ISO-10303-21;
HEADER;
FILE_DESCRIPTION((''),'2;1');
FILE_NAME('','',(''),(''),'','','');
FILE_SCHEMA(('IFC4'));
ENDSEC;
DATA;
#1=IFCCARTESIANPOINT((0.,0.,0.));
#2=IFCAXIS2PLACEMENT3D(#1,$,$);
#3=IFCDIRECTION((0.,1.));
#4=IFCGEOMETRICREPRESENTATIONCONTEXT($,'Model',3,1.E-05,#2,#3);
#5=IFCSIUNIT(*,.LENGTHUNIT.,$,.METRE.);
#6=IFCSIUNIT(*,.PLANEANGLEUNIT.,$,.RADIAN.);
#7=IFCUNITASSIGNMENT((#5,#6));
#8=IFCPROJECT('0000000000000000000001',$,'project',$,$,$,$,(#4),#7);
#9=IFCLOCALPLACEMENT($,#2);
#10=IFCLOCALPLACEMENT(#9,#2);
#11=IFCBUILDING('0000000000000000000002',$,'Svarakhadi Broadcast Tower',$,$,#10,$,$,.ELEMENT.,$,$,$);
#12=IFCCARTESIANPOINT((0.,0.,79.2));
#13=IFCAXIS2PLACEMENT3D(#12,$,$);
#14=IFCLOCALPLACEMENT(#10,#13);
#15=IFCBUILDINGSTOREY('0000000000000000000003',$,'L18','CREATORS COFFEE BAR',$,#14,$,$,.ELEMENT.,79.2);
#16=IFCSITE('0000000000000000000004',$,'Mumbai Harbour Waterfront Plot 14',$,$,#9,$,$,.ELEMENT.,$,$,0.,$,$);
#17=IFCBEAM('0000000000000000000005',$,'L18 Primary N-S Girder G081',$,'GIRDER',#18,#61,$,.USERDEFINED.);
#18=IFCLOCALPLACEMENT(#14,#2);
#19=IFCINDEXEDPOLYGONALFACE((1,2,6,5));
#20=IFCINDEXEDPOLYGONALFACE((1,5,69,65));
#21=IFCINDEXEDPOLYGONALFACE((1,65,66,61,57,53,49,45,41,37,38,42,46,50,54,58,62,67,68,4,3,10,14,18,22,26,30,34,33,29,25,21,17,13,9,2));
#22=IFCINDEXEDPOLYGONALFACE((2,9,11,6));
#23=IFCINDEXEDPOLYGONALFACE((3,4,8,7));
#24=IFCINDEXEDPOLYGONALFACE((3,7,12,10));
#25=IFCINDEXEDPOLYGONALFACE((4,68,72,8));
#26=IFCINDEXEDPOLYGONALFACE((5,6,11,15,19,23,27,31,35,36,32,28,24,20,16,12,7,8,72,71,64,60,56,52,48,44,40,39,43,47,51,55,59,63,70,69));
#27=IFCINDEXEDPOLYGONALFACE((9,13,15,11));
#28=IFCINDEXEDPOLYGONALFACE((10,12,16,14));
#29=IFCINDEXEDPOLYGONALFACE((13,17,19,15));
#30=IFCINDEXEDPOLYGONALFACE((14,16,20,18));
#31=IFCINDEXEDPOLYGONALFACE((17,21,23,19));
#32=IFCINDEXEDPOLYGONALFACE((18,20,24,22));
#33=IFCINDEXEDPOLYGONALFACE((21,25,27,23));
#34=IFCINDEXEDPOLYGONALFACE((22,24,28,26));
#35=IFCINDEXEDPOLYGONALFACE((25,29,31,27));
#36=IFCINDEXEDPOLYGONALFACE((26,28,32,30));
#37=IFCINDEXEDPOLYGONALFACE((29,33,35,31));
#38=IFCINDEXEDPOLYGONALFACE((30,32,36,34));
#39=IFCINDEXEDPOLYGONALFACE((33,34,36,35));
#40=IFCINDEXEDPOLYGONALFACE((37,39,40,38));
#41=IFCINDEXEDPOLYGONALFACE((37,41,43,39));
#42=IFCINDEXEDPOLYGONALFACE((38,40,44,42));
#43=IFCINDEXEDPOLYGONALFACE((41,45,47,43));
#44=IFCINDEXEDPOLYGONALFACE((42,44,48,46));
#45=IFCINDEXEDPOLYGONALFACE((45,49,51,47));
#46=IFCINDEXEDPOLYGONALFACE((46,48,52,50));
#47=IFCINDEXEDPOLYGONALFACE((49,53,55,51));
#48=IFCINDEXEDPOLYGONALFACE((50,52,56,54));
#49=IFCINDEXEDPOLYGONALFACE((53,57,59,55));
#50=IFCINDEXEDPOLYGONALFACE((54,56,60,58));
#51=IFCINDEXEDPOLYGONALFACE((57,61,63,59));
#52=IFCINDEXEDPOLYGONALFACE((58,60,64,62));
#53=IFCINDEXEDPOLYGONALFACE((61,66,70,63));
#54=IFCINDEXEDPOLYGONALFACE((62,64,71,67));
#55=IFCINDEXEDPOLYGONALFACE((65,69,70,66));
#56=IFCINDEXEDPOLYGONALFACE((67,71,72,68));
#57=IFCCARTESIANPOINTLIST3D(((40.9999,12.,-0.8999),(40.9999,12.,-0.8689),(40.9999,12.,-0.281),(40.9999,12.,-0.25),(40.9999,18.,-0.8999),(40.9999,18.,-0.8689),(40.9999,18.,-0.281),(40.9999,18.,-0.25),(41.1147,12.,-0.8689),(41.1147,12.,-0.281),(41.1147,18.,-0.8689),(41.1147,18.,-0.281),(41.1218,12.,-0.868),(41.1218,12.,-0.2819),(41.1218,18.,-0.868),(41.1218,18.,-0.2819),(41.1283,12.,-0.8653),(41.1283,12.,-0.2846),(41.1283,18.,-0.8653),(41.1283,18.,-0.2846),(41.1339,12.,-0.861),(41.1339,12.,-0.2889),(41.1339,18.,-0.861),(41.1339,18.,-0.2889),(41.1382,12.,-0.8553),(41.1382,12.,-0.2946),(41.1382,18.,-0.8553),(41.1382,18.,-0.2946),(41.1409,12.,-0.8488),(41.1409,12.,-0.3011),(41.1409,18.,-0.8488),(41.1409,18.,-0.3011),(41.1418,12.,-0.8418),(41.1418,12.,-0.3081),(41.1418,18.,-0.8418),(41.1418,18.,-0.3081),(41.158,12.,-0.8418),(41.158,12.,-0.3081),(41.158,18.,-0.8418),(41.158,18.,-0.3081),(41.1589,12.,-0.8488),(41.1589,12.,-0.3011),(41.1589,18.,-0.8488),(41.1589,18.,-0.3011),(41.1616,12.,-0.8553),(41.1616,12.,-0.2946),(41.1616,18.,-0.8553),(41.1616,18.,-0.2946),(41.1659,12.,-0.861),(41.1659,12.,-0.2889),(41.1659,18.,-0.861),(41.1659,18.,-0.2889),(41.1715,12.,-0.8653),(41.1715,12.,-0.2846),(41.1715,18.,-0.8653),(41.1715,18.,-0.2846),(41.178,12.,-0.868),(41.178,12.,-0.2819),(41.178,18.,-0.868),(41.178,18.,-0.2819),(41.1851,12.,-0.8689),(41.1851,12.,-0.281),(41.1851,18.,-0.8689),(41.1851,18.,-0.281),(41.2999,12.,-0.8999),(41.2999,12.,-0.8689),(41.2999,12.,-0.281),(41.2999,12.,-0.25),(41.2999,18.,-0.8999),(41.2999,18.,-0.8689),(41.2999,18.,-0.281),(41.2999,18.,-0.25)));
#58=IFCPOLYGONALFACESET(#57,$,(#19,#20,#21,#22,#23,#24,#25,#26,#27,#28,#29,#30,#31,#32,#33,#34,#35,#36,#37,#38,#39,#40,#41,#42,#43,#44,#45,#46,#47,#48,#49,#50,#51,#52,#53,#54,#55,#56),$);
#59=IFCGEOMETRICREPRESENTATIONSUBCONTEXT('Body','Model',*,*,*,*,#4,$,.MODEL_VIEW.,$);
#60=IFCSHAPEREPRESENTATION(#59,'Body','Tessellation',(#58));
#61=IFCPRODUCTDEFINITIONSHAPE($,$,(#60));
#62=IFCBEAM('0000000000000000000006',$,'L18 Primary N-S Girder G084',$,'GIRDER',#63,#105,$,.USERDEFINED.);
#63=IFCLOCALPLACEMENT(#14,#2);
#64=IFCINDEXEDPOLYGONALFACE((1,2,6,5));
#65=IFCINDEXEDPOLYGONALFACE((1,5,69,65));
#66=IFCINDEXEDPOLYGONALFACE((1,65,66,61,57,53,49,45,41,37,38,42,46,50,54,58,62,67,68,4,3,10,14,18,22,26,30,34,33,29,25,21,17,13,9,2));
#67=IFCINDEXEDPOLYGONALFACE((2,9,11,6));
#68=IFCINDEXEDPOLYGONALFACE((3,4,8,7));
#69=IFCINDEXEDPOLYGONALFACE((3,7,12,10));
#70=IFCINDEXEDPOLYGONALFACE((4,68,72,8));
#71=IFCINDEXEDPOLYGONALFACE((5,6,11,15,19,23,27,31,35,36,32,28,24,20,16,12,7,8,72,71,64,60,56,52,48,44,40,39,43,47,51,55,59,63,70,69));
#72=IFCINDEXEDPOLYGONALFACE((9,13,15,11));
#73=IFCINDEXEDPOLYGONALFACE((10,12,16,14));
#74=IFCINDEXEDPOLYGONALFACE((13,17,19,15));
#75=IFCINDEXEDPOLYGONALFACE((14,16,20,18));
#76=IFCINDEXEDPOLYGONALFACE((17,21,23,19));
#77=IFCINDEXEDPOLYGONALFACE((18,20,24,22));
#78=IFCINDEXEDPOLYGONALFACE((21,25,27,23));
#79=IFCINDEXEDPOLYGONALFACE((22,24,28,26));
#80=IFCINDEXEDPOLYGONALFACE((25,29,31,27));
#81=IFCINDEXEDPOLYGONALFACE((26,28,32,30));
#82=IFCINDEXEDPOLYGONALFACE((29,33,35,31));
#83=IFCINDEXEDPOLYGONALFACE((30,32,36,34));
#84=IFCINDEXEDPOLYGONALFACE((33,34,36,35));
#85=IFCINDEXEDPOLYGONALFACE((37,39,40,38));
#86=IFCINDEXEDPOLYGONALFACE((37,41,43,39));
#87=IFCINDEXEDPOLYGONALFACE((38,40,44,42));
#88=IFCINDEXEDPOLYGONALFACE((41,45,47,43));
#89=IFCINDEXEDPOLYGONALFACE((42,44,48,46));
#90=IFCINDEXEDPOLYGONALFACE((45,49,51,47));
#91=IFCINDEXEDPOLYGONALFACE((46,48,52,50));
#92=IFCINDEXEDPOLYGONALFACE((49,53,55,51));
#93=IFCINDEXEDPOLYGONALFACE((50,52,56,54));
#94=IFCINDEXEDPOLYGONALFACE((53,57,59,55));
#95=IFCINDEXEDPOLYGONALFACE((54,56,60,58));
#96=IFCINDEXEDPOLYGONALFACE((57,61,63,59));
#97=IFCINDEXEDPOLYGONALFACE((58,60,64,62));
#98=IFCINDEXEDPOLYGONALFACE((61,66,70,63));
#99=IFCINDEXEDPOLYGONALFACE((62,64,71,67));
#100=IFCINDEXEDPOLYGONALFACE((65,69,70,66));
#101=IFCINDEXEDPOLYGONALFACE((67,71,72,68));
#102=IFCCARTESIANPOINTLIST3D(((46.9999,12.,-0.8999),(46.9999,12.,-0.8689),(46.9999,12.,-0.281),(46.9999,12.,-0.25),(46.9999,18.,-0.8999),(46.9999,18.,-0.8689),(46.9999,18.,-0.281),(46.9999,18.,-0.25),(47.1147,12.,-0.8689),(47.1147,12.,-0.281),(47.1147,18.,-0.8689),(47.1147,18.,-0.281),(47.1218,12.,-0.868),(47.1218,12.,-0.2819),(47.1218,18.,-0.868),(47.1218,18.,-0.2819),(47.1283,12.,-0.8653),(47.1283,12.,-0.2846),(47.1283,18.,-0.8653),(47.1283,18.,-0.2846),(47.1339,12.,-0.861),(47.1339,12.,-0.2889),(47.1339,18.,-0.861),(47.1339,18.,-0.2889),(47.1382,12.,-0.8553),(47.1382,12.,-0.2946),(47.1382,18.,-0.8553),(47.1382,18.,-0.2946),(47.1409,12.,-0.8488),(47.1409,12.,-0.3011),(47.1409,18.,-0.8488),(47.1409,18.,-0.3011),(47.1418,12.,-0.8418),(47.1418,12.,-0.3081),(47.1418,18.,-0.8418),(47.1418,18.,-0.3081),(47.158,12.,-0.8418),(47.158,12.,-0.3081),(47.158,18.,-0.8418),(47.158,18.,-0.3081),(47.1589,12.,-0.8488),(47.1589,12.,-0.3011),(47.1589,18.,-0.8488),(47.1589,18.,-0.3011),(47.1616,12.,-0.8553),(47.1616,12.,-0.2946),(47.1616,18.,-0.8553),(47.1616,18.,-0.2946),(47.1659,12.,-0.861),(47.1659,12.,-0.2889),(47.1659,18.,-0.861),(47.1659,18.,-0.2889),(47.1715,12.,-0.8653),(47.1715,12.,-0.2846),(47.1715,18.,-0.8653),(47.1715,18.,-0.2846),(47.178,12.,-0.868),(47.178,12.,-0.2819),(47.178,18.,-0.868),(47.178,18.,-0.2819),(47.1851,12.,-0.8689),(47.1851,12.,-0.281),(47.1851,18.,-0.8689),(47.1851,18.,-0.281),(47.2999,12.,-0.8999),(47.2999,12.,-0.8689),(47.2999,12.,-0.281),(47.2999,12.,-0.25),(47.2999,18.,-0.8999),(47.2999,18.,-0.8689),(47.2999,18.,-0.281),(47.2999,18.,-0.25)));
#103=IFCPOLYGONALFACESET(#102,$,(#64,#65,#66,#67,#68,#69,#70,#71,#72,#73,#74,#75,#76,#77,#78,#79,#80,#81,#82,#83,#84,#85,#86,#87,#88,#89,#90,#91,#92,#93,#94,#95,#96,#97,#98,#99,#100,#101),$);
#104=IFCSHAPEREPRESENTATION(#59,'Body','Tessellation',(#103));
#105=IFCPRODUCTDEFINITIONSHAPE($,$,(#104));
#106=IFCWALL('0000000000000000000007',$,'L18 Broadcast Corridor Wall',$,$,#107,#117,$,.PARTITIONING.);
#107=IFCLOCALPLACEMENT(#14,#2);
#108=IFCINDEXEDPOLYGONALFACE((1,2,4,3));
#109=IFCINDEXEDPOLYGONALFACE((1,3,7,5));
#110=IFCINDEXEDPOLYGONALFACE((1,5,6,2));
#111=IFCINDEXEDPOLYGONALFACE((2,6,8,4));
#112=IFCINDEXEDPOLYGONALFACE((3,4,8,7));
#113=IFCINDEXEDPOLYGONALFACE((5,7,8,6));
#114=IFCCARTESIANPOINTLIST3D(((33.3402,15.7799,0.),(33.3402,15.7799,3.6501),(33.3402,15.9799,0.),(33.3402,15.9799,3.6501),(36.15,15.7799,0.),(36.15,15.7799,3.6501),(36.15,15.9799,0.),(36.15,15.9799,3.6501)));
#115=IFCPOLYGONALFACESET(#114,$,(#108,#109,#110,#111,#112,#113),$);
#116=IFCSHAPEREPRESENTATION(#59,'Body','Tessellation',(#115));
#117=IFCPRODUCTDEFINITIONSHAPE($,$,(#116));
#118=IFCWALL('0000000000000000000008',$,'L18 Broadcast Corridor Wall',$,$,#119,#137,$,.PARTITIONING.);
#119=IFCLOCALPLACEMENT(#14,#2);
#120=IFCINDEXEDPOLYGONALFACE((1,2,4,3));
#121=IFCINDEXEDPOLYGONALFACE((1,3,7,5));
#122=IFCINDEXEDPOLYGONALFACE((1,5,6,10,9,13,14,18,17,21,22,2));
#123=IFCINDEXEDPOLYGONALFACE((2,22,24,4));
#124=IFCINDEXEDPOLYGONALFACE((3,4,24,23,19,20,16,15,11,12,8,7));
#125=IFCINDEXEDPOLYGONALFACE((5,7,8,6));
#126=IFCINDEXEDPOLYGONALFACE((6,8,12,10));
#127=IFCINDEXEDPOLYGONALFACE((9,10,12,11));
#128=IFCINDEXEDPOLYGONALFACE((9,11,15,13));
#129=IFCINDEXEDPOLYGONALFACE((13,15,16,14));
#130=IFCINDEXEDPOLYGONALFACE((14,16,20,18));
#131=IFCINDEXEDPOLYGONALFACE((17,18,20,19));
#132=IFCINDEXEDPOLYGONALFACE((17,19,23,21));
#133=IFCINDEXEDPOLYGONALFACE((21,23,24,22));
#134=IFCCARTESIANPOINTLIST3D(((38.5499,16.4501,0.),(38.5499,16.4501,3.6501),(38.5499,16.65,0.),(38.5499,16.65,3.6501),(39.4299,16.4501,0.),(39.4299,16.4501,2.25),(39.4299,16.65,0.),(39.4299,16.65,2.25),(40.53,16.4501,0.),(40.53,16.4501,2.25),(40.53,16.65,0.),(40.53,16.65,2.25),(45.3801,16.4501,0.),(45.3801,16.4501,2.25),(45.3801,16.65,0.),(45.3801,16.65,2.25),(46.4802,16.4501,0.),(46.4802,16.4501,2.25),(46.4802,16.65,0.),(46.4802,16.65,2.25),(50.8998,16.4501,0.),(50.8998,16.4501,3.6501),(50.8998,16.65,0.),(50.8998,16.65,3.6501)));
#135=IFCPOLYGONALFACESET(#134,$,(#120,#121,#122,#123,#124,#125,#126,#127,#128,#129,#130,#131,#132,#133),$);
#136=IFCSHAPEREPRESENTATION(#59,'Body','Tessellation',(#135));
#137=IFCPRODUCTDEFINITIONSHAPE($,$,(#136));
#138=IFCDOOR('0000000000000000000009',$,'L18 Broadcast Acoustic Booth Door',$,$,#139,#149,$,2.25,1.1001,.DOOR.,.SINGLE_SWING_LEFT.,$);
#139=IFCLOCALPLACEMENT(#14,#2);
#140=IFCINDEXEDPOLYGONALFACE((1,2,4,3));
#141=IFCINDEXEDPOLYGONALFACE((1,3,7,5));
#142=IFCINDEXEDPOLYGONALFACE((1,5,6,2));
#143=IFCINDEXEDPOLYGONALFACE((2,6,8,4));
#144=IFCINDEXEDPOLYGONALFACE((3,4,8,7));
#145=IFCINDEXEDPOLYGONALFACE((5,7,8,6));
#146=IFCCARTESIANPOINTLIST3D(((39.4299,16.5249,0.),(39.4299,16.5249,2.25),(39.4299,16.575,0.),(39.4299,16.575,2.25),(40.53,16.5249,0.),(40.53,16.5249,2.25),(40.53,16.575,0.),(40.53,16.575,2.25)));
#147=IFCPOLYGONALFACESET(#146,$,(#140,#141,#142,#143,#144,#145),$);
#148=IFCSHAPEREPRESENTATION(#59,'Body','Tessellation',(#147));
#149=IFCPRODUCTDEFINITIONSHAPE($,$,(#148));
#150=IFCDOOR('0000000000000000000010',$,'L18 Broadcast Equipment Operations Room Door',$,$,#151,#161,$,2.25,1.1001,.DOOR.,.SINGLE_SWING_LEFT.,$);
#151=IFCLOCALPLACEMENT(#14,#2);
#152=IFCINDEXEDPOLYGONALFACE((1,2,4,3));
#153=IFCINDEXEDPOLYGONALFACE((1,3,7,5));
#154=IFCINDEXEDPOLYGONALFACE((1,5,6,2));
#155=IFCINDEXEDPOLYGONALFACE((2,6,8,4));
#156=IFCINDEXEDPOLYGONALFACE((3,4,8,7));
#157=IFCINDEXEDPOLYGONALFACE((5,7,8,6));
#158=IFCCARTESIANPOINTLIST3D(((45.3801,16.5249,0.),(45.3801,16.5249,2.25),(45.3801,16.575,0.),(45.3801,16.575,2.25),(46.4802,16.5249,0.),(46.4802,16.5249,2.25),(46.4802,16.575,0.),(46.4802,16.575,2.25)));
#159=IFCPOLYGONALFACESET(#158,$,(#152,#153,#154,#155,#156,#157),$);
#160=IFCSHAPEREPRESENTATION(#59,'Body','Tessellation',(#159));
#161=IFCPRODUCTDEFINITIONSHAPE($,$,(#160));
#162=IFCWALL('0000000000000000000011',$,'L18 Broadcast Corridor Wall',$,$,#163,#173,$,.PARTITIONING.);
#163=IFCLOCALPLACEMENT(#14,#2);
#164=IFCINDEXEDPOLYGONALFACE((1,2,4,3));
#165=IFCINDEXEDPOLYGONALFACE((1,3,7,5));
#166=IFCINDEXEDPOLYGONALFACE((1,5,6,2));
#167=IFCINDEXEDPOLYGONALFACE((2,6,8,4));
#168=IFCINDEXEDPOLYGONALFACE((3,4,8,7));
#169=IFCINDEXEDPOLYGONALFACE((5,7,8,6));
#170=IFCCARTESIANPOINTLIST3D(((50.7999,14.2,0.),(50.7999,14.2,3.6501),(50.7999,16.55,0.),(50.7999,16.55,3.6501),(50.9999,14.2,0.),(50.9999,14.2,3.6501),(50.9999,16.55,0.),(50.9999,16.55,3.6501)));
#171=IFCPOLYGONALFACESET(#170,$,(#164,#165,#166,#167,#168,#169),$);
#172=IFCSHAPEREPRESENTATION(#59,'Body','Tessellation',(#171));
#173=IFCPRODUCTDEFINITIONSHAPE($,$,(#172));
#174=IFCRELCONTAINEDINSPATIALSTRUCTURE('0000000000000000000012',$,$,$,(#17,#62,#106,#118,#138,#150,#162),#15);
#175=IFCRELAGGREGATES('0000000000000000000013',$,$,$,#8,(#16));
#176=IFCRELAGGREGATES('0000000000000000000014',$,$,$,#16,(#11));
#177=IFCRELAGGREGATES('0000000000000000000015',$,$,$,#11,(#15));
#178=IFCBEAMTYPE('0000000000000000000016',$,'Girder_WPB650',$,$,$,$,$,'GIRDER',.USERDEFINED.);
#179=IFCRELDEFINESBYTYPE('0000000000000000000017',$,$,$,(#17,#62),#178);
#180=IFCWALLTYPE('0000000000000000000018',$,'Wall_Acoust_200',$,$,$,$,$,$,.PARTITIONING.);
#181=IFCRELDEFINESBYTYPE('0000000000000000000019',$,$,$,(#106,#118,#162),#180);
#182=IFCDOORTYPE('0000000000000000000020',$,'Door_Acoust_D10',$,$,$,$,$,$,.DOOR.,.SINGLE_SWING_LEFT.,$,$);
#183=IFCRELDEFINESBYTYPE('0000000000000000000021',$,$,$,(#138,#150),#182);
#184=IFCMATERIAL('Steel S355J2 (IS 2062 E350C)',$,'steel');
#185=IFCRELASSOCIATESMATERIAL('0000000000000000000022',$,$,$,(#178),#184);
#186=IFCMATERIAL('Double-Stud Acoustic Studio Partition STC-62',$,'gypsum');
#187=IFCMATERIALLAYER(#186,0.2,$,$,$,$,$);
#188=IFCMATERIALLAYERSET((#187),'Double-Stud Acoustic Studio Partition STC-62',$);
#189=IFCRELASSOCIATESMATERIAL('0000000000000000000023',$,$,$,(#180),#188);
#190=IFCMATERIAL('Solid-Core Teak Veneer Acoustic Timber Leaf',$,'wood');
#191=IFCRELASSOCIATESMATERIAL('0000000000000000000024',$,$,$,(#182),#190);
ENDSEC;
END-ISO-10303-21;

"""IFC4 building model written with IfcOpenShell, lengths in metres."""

from ifc_helpers import new_model, si_unit, direction, frame, frame_2d, origin, origin_2d, place, context, subcontext, project, spatial, rectangle, i_section, extrude, material, layer, layer_set, material_profile, profile_set, type_object, element, fill, save


model = new_model("IFC4")

# Units and contexts
model_context = context("Model", 3, precision=1e-05, world=origin(), true_north=direction((0.0, 1.0)))
body_context = subcontext(model_context, "Body", "Model", "MODEL_VIEW")
ifc_project = project(units=[si_unit("LENGTHUNIT", "METRE"), si_unit("PLANEANGLEUNIT", "RADIAN")], contexts=[model_context])

# Site, building, storey
site_placement = place(None, origin())
site = spatial("IfcSite", under=ifc_project, at=site_placement, Name="Mumbai Harbour Waterfront Plot 14", CompositionType="ELEMENT", RefElevation=0.0)
building_placement = place(site_placement, origin())
building = spatial("IfcBuilding", under=site, at=building_placement, Name="Svarakhadi Broadcast Tower", CompositionType="ELEMENT")
storey_placement = place(building_placement, frame((0.0, 0.0, 79.2)))
storey = spatial("IfcBuildingStorey", under=building, at=storey_placement, Name="L18", Description="CREATORS COFFEE BAR", CompositionType="ELEMENT", Elevation=79.2)

# Beams
ifc_material_1 = material(Name="Steel S355J2 (IS 2062 E350C)", Category="steel")
ifc_material_profile_1 = material_profile(ifc_material_1, i_section(OverallWidth=0.3, OverallDepth=0.6499, WebThickness=0.0161, FlangeThickness=0.031, FilletRadius=0.0271, at=origin_2d()), Name="WPB 650x300x225")
ifc_profile_set_1 = profile_set([ifc_material_profile_1], Name="Steel S355J2 (IS 2062 E350C)")
beam_type_1 = type_object("IfcBeamType", Name="Girder_WPB650", ElementType="GIRDER", PredefinedType="USERDEFINED", material=ifc_profile_set_1)
for number, where, z_axis, x_axis, name in (
    (1, (41.1499, 12.0, -0.575), (0.0, 1.0, 0.0), (-1.0, 0.0, 0.0), "L18 Primary N-S Girder G081"),
    (2, (47.1499, 12.0, -0.575), (0.0, 1.0, 0.0), (-1.0, 0.0, 0.0), "L18 Primary N-S Girder G084"),
):
    element("IfcBeam", number, at=place(storey_placement, frame(where, z_axis=z_axis, x_axis=x_axis)), inside=storey, type_object=beam_type_1, Name=name, ObjectType="GIRDER", PredefinedType="USERDEFINED", context=body_context, shape_type="SweptSolid", body=[
        extrude(i_section(OverallWidth=0.3, OverallDepth=0.6499, WebThickness=0.0161, FlangeThickness=0.031, FilletRadius=0.0271, at=origin_2d()), origin(), (0.0, 0.0, 1.0), 6.0),
    ])

# Wall
ifc_material_2 = material(Name="Double-Stud Acoustic Studio Partition STC-62", Category="gypsum")
ifc_layer_1 = layer(ifc_material_2, 0.2)
ifc_layer_set_1 = layer_set([ifc_layer_1], Name="Double-Stud Acoustic Studio Partition STC-62")
wall_type_1 = type_object("IfcWallType", Name="Wall_Acoust_200", PredefinedType="PARTITIONING", material=ifc_layer_set_1)
wall_1_placement = place(storey_placement, frame((36.1499, 15.8799, 0.0), z_axis=(0.0, 0.0, 1.0), x_axis=(-1.0, 0.0, 0.0)))
element("IfcWall", 3, at=wall_1_placement, inside=storey, type_object=wall_type_1, Name="L18 Broadcast Corridor Wall", PredefinedType="PARTITIONING", context=body_context, shape_type="SweptSolid", body=[
    extrude(rectangle(XDim=2.8098, YDim=0.2, at=frame_2d((1.4048, 0.0))), origin(), (0.0, 0.0, 1.0), 3.6501),
])

# Wall, openings, doors
wall_2_placement = place(storey_placement, frame((38.55, 16.55, 0.0), z_axis=(0.0, 0.0, 1.0), x_axis=(1.0, 0.0, 0.0)))
wall_2 = element("IfcWall", 4, at=wall_2_placement, inside=storey, type_object=wall_type_1, Name="L18 Broadcast Corridor Wall", PredefinedType="PARTITIONING", context=body_context, shape_type="SweptSolid", body=[
    extrude(rectangle(XDim=12.3499, YDim=0.2, at=frame_2d((6.1748, 0.0))), origin(), (0.0, 0.0, 1.0), 3.6501),
])
opening_1_placement = place(wall_2_placement, frame((0.8799, 0.0, 0.0)))
opening_1 = element("IfcOpeningElement", 5, at=opening_1_placement, cuts=wall_2, PredefinedType="OPENING", context=body_context, shape_type="SweptSolid", body=[
    extrude(rectangle(XDim=1.1001, YDim=2.25, at=frame_2d((0.55, 1.125))), frame((0.0, 0.1099, 0.0), z_axis=(0.0, -1.0, 0.0), x_axis=(1.0, 0.0, 0.0)), (0.0, 0.0, 1.0), 0.22),
])
opening_2_placement = place(wall_2_placement, frame((6.8301, 0.0, 0.0)))
opening_2 = element("IfcOpeningElement", 6, at=opening_2_placement, cuts=wall_2, PredefinedType="OPENING", context=body_context, shape_type="SweptSolid", body=[
    extrude(rectangle(XDim=1.1001, YDim=2.25, at=frame_2d((0.55, 1.125))), frame((0.0, 0.1099, 0.0), z_axis=(0.0, -1.0, 0.0), x_axis=(1.0, 0.0, 0.0)), (0.0, 0.0, 1.0), 0.22),
])
ifc_material_3 = material(Name="Solid-Core Teak Veneer Acoustic Timber Leaf", Category="wood")
door_type_1 = type_object("IfcDoorType", Name="Door_Acoust_D10", OperationType="SINGLE_SWING_LEFT", PredefinedType="DOOR", material=ifc_material_3)
door_1_placement = place(opening_1_placement, origin())
door_1 = element("IfcDoor", 7, at=door_1_placement, inside=storey, type_object=door_type_1, Name="L18 Broadcast Acoustic Booth Door", OperationType="SINGLE_SWING_LEFT", OverallHeight=2.25, OverallWidth=1.1001, PredefinedType="DOOR", context=body_context, shape_type="SweptSolid", body=[
    extrude(rectangle(XDim=1.1001, YDim=2.25, at=frame_2d((0.55, 1.125))), frame((0.0, 0.0249, 0.0), z_axis=(0.0, -1.0, 0.0), x_axis=(1.0, 0.0, 0.0)), (0.0, 0.0, 1.0), 0.05),
])
fill(opening_1, door_1)
door_2_placement = place(opening_2_placement, origin())
door_2 = element("IfcDoor", 8, at=door_2_placement, inside=storey, type_object=door_type_1, Name="L18 Broadcast Equipment Operations Room Door", OperationType="SINGLE_SWING_LEFT", OverallHeight=2.25, OverallWidth=1.1001, PredefinedType="DOOR", context=body_context, shape_type="SweptSolid", body=[
    extrude(rectangle(XDim=1.1001, YDim=2.25, at=frame_2d((0.55, 1.125))), frame((0.0, 0.0249, 0.0), z_axis=(0.0, -1.0, 0.0), x_axis=(1.0, 0.0, 0.0)), (0.0, 0.0, 1.0), 0.05),
])
fill(opening_2, door_2)

# Wall
wall_3_placement = place(storey_placement, frame((50.8999, 16.55, 0.0), z_axis=(0.0, 0.0, 1.0), x_axis=(0.0, -1.0, 0.0)))
element("IfcWall", 9, at=wall_3_placement, inside=storey, type_object=wall_type_1, Name="L18 Broadcast Corridor Wall", PredefinedType="PARTITIONING", context=body_context, shape_type="SweptSolid", body=[
    extrude(rectangle(XDim=2.3501, YDim=0.2, at=frame_2d((1.175, 0.0))), origin(), (0.0, 0.0, 1.0), 3.6501),
])

save(model, "model.ifc")
